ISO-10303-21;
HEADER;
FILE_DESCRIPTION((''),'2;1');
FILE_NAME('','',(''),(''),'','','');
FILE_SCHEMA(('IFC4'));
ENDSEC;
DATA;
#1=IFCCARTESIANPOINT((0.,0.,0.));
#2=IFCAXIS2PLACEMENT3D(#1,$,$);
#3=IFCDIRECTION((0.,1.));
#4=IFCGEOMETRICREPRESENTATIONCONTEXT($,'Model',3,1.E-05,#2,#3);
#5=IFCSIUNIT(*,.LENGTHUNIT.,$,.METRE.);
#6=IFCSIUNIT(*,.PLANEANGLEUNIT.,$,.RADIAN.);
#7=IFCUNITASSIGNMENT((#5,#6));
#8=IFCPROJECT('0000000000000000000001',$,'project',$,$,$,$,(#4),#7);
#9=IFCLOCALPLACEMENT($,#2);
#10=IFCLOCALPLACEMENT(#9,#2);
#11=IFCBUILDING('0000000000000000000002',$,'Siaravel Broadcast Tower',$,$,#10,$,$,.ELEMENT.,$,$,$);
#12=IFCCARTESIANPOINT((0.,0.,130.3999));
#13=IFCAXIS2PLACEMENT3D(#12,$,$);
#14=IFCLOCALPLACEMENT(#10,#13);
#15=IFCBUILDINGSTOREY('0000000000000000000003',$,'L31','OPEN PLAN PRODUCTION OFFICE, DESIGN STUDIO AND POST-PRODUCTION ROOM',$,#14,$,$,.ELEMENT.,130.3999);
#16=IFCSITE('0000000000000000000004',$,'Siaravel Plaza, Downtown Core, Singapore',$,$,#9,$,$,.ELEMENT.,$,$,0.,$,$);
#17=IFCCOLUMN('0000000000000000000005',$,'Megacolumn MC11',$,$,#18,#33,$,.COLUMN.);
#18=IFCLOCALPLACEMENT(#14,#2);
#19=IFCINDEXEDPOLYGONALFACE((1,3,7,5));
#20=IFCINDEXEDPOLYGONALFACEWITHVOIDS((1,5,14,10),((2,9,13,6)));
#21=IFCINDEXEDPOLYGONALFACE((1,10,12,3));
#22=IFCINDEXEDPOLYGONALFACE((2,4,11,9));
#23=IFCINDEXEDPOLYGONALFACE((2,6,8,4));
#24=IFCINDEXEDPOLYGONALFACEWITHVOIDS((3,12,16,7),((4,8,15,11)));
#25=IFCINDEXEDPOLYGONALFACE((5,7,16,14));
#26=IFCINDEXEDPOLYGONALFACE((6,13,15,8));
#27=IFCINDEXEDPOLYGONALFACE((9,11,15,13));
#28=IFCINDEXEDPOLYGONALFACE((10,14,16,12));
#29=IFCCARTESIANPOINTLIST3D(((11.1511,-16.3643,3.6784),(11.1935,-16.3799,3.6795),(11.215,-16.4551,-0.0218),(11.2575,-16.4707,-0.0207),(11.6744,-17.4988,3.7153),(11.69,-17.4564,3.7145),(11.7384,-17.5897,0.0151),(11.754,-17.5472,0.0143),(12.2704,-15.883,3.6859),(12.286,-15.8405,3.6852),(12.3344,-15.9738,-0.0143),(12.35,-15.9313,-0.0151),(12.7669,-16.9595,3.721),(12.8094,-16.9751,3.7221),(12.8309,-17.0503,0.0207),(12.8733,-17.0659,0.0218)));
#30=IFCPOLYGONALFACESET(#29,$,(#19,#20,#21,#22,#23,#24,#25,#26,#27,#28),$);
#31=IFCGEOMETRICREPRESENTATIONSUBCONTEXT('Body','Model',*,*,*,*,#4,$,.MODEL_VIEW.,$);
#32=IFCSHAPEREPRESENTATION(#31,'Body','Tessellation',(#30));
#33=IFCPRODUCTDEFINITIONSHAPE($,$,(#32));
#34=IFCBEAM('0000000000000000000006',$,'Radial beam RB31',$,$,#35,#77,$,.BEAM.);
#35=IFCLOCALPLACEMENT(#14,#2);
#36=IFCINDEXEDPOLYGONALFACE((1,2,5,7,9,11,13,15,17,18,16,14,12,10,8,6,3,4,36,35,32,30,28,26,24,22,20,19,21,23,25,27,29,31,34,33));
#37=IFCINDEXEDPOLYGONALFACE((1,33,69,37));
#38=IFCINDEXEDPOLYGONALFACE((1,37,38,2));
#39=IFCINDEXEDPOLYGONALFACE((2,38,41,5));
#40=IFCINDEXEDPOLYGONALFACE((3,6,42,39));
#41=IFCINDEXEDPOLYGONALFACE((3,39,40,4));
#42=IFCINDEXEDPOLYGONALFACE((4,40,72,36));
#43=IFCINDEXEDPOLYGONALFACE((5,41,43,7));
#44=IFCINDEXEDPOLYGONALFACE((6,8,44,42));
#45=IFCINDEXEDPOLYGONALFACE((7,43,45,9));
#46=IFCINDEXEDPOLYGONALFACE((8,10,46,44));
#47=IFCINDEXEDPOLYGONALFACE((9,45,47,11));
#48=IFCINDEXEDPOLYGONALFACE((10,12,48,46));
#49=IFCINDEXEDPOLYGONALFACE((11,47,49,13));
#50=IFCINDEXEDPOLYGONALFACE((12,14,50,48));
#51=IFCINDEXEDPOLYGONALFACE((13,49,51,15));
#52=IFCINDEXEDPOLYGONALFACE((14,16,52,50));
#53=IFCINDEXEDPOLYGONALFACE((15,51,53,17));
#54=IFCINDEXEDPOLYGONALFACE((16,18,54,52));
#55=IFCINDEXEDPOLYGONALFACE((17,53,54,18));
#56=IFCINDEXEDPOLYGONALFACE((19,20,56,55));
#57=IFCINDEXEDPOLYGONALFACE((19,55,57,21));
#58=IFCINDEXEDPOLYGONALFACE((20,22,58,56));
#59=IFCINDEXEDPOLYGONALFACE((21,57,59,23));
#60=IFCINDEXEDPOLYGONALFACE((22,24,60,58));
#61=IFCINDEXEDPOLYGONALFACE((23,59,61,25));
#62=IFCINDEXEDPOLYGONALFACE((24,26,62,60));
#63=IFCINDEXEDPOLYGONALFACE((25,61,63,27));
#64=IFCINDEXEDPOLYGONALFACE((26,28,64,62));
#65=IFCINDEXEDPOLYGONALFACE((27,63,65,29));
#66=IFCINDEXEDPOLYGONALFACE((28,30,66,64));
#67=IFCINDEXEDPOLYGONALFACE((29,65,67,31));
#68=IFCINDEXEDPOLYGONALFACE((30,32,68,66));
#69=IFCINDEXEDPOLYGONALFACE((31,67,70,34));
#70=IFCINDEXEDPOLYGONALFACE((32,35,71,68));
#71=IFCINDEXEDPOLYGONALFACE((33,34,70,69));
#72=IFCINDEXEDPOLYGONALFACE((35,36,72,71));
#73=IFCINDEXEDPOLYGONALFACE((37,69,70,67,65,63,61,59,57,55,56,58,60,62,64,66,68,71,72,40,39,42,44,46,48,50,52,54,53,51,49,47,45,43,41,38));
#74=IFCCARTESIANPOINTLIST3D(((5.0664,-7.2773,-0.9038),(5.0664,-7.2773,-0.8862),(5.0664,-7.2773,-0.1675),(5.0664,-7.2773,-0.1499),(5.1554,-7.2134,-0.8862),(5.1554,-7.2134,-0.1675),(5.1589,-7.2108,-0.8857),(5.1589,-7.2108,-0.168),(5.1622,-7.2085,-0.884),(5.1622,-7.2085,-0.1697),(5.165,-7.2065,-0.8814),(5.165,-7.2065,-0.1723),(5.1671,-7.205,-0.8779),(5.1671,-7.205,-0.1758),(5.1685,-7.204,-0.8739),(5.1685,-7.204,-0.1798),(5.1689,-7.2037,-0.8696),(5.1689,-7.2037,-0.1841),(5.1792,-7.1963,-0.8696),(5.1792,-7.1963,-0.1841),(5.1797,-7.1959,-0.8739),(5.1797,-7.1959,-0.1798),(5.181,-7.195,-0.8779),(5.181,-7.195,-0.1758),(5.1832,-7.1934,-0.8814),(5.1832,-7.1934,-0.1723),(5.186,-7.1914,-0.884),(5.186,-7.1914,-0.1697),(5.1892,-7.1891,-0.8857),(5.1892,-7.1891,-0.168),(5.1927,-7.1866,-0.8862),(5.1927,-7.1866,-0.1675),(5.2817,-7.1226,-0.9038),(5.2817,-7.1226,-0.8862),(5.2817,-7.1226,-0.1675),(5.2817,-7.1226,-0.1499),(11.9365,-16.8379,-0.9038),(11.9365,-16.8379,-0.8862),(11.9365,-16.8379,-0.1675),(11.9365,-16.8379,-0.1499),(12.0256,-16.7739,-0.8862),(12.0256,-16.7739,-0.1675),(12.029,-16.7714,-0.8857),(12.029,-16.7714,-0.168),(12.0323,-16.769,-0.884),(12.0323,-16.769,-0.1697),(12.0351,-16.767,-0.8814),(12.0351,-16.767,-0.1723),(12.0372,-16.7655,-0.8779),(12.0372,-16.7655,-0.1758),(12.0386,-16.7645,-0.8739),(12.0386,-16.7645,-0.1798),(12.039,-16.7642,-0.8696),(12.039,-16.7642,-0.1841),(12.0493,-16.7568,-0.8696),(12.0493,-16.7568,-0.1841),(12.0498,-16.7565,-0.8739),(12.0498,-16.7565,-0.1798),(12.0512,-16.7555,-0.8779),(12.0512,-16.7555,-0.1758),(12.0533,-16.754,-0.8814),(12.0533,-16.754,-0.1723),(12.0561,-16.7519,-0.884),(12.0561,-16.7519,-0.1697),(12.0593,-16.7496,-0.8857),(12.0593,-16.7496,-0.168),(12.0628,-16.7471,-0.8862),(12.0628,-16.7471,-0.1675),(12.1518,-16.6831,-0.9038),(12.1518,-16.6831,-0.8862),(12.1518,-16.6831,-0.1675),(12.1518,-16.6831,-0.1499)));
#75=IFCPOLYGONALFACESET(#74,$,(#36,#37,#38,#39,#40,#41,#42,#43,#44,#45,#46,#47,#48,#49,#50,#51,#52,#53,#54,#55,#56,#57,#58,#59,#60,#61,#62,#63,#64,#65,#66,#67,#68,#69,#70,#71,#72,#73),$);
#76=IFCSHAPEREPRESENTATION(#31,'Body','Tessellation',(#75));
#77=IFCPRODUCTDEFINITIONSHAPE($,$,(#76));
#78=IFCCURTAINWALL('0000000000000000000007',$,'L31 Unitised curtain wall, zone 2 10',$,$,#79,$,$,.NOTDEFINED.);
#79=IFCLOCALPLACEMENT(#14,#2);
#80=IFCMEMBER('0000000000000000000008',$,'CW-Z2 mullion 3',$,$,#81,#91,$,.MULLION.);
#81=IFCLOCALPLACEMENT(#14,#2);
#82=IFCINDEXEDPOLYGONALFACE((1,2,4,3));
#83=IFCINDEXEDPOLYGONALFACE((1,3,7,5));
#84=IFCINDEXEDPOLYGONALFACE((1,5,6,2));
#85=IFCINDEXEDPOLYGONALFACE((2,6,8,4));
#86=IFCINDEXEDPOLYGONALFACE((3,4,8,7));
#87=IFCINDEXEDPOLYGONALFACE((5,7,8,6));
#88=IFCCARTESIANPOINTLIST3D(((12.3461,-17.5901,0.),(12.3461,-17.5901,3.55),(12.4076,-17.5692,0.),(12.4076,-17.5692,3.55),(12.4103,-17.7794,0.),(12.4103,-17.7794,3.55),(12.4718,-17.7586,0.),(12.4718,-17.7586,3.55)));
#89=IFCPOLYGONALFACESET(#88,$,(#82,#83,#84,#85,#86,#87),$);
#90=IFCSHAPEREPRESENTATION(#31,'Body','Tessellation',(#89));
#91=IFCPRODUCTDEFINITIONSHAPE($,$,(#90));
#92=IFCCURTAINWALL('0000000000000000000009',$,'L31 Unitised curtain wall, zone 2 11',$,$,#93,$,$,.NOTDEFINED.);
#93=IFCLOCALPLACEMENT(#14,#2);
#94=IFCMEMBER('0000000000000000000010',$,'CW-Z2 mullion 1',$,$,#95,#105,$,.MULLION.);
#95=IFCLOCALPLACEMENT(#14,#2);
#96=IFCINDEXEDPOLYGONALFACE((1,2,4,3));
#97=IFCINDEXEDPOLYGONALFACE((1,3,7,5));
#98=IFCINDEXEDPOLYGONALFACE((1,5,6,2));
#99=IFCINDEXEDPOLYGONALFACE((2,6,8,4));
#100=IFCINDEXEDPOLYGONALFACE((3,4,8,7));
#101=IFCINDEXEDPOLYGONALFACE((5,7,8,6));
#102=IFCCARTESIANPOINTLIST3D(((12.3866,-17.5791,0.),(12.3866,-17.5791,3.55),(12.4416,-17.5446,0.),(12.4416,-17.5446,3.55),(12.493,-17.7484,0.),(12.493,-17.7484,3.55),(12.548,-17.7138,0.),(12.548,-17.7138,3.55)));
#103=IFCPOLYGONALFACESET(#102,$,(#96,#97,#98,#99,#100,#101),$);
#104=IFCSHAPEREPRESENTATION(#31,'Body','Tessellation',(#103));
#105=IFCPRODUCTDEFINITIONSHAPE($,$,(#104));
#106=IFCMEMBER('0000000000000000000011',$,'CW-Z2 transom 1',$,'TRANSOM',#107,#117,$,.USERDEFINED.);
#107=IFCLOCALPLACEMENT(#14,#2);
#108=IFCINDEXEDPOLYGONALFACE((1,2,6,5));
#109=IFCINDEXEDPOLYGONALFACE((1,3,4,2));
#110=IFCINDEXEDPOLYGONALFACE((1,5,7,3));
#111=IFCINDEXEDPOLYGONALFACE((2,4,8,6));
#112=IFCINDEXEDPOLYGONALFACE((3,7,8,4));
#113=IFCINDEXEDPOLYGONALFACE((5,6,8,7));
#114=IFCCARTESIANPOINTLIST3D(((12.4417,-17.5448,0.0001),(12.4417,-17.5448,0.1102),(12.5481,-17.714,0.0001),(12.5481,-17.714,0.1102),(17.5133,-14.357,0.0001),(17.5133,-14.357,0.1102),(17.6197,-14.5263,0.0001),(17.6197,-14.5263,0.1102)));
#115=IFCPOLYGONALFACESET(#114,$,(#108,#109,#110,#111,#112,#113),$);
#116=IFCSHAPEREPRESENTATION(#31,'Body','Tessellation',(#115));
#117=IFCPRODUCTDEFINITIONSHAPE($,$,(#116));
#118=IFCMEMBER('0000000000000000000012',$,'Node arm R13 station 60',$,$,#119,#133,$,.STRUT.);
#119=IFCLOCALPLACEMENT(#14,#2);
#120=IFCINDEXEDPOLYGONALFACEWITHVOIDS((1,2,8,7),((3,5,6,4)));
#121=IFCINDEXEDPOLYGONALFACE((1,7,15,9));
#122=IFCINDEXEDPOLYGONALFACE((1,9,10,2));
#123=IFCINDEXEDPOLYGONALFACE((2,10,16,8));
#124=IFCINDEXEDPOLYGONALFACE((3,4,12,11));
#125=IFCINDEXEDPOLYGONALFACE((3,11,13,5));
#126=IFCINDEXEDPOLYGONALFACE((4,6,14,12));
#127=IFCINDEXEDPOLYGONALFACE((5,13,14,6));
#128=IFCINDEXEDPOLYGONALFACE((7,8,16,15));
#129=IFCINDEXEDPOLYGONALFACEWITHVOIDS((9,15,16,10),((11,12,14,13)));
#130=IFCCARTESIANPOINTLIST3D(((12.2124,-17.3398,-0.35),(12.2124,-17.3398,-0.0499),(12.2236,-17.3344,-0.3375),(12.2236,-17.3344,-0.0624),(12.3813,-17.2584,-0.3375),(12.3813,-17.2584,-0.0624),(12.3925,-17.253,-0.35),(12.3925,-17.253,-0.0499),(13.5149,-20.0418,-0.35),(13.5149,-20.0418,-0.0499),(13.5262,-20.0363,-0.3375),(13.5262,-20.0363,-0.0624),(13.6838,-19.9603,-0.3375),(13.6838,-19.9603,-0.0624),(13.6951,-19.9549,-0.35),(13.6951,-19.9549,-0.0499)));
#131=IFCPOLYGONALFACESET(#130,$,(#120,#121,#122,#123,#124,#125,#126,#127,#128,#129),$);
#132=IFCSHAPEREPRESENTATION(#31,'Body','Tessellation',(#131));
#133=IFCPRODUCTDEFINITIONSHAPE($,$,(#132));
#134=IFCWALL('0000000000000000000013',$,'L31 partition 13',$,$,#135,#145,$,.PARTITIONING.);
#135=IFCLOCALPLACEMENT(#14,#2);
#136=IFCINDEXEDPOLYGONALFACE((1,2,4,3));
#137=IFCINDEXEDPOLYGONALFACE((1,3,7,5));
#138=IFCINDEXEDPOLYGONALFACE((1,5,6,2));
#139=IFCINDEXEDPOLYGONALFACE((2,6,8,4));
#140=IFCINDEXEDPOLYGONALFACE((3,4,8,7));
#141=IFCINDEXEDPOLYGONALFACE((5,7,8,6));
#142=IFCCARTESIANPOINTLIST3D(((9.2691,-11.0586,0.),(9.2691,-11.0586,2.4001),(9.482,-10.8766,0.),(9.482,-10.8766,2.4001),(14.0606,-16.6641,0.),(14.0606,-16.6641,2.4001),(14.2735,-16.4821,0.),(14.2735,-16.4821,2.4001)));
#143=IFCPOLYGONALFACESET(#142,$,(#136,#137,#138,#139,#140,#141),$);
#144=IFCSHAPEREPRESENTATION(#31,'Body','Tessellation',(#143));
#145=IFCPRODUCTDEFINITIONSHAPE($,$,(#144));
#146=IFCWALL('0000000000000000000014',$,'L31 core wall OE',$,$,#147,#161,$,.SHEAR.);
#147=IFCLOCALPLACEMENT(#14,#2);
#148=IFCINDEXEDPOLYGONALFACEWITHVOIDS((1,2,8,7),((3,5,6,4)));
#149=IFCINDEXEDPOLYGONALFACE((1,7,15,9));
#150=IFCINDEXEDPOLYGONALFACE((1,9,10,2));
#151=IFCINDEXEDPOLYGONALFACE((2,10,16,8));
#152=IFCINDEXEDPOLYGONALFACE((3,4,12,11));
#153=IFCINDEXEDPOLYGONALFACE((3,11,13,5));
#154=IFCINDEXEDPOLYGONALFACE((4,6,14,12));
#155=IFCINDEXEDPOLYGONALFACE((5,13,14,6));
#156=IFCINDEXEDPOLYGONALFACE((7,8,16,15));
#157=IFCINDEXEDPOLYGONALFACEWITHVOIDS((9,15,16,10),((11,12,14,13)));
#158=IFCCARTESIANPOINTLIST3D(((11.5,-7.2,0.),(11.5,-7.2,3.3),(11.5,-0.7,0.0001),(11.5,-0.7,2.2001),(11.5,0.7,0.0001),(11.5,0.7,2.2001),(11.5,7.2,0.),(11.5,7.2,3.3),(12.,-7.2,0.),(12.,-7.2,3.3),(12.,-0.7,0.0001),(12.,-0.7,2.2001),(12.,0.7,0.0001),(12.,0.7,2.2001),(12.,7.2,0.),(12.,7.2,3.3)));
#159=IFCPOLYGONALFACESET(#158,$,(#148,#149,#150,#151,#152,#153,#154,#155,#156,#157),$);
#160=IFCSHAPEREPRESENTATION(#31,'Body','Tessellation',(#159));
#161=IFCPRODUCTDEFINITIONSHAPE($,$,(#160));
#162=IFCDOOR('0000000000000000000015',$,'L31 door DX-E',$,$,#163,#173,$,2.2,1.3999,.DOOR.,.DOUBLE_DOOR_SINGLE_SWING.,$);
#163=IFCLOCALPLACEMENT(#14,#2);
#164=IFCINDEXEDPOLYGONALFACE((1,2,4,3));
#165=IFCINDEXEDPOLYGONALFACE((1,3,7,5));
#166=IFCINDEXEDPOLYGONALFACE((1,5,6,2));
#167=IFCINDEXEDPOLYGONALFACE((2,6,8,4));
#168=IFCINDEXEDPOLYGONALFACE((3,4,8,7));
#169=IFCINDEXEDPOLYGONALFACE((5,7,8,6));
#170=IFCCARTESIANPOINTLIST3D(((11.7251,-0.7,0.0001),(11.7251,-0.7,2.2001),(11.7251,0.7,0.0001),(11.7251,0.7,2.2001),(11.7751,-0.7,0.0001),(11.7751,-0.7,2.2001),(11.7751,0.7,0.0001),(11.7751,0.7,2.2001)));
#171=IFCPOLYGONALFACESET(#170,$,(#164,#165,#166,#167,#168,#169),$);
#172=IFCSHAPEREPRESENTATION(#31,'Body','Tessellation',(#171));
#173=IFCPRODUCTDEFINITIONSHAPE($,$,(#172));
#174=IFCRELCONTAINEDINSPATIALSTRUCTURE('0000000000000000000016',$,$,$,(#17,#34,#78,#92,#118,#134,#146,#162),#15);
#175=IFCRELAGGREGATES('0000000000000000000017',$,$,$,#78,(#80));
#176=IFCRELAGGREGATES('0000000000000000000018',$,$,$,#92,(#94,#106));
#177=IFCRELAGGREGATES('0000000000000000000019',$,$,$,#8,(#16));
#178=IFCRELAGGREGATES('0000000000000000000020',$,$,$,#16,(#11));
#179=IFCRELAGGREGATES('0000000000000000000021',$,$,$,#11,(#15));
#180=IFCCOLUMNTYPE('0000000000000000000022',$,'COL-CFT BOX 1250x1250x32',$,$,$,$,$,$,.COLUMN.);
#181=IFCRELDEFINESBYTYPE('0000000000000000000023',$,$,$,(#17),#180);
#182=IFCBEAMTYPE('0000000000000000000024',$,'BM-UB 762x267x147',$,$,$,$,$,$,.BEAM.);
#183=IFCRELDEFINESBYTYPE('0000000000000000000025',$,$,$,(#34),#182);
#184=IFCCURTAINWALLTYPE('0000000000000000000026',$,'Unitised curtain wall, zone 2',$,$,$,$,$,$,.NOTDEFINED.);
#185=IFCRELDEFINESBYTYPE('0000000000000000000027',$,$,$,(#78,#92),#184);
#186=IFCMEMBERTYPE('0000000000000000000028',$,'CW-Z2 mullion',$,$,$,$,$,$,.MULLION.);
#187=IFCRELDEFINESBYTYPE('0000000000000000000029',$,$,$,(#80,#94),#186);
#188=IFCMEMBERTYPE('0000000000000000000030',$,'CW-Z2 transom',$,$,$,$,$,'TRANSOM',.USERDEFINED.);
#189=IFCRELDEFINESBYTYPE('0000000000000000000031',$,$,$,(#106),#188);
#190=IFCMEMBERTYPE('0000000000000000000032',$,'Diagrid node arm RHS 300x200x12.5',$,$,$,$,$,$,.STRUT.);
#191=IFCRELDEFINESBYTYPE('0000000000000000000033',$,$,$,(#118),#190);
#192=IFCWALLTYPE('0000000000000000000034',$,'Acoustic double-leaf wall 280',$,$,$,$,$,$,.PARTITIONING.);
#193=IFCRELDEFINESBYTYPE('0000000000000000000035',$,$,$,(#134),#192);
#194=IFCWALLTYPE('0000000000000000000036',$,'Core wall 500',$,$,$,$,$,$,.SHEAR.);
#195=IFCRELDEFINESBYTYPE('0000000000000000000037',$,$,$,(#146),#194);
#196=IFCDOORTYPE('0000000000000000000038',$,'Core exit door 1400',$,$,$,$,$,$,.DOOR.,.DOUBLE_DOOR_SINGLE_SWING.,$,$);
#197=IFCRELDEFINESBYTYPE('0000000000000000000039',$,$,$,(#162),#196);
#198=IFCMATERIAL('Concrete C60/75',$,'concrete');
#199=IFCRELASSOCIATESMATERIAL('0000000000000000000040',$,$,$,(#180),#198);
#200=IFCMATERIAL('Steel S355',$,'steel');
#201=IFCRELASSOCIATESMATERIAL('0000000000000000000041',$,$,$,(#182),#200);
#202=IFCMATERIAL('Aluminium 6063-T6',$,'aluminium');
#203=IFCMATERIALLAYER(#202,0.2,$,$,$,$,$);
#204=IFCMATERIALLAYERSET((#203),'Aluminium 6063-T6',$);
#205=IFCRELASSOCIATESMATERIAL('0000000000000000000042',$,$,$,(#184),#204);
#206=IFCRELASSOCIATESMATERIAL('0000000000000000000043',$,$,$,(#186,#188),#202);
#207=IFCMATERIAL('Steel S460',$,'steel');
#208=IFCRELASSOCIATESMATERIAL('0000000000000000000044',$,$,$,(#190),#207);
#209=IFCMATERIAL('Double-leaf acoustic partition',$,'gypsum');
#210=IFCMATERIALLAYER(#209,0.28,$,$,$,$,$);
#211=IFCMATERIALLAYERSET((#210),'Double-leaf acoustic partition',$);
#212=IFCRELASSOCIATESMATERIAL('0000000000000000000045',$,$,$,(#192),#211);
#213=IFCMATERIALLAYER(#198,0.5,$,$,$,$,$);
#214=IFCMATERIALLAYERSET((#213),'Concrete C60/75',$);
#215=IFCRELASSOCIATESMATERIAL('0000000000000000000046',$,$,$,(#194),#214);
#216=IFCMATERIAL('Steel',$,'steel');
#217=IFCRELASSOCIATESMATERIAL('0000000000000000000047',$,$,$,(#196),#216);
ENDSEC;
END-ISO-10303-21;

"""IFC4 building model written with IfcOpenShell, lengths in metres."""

from ifc_helpers import new_model, si_unit, direction, frame, frame_2d, origin, origin_2d, place, context, subcontext, project, spatial, rectangle, hollow_rectangle, i_section, extrude, material, layer, layer_set, material_profile, profile_set, type_object, element, fill, aggregate, save


model = new_model("IFC4")

# Units and contexts
model_context = context("Model", 3, precision=1e-05, world=origin(), true_north=direction((0.0, 1.0)))
body_context = subcontext(model_context, "Body", "Model", "MODEL_VIEW")
ifc_project = project(units=[si_unit("LENGTHUNIT", "METRE"), si_unit("PLANEANGLEUNIT", "RADIAN")], contexts=[model_context])

# Site, building, storey
site_placement = place(None, origin())
site = spatial("IfcSite", under=ifc_project, at=site_placement, Name="Siaravel Plaza, Downtown Core, Singapore", CompositionType="ELEMENT", RefElevation=0.0)
building_placement = place(site_placement, origin())
building = spatial("IfcBuilding", under=site, at=building_placement, Name="Siaravel Broadcast Tower", CompositionType="ELEMENT")
storey_placement = place(building_placement, frame((0.0, 0.0, 130.3999)))
storey = spatial("IfcBuildingStorey", under=building, at=storey_placement, Name="L31", Description="OPEN PLAN PRODUCTION OFFICE, DESIGN STUDIO AND POST-PRODUCTION ROOM", CompositionType="ELEMENT", Elevation=130.3999)

# Column
ifc_material_1 = material(Name="Concrete C60/75", Category="concrete")
ifc_material_profile_1 = material_profile(ifc_material_1, hollow_rectangle(XDim=1.25, YDim=1.25, WallThickness=0.032, at=origin_2d()))
ifc_profile_set_1 = profile_set([ifc_material_profile_1], Name="Concrete C60/75")
column_type = type_object("IfcColumnType", Name="COL-CFT BOX 1250x1250x32", PredefinedType="COLUMN", material=ifc_profile_set_1)
column_placement = place(storey_placement, frame((12.0442, -16.7605, 0.0), z_axis=(-0.017279, 0.024534, 0.99955), x_axis=(-0.907979, -0.418981, -0.005412)))
element("IfcColumn", 1, at=column_placement, inside=storey, type_object=column_type, Name="Megacolumn MC11", PredefinedType="COLUMN", context=body_context, shape_type="SweptSolid", body=[
    extrude(hollow_rectangle(XDim=1.25, YDim=1.25, WallThickness=0.032, at=origin_2d()), origin(), (0.0, 0.0, 1.0), 3.7019),
])

# Beam
ifc_material_2 = material(Name="Steel S355", Category="steel")
ifc_material_profile_2 = material_profile(ifc_material_2, i_section(OverallWidth=0.2651, OverallDepth=0.7539, WebThickness=0.0127, FlangeThickness=0.0176, FilletRadius=0.0166, at=origin_2d()))
ifc_profile_set_2 = profile_set([ifc_material_profile_2], Name="Steel S355")
beam_type = type_object("IfcBeamType", Name="BM-UB 762x267x147", PredefinedType="BEAM", material=ifc_profile_set_2)
beam_placement = place(storey_placement, frame((12.0442, -16.7605, -0.5269), z_axis=(-0.583551, 0.812077, 0.0), x_axis=(-0.812077, -0.583551, 0.0)))
element("IfcBeam", 2, at=beam_placement, inside=storey, type_object=beam_type, Name="Radial beam RB31", PredefinedType="BEAM", context=body_context, shape_type="SweptSolid", body=[
    extrude(i_section(OverallWidth=0.2651, OverallDepth=0.7539, WebThickness=0.0127, FlangeThickness=0.0176, FilletRadius=0.0166, at=origin_2d()), origin(), (0.0, 0.0, 1.0), 11.7729),
])

# Curtain wall, member
ifc_material_3 = material(Name="Aluminium 6063-T6", Category="aluminium")
ifc_layer_1 = layer(ifc_material_3, 0.2)
ifc_layer_set_1 = layer_set([ifc_layer_1], Name="Aluminium 6063-T6")
curtain_wall_type = type_object("IfcCurtainWallType", Name="Unitised curtain wall, zone 2", PredefinedType="NOTDEFINED", material=ifc_layer_set_1)
curtain_wall_1_placement = place(storey_placement, origin())
curtain_wall_1 = element("IfcCurtainWall", 3, at=curtain_wall_1_placement, inside=storey, type_object=curtain_wall_type, Name="L31 Unitised curtain wall, zone 2 10", PredefinedType="NOTDEFINED")
ifc_material_profile_3 = material_profile(ifc_material_3, rectangle(XDim=0.2, YDim=0.0649, at=origin_2d()))
ifc_profile_set_3 = profile_set([ifc_material_profile_3], Name="Aluminium 6063-T6")
member_type_1 = type_object("IfcMemberType", Name="CW-Z2 mullion", PredefinedType="MULLION", material=ifc_profile_set_3)
member_1_placement = place(storey_placement, frame((12.4089, -17.6743, 0.0), z_axis=(0.0, 0.0, 1.0), x_axis=(-0.321302, 0.946977, 0.0)))
member_1 = element("IfcMember", 4, at=member_1_placement, type_object=member_type_1, Name="CW-Z2 mullion 3", PredefinedType="MULLION", context=body_context, shape_type="SweptSolid", body=[
    extrude(rectangle(XDim=0.2, YDim=0.0649, at=origin_2d()), origin(), (0.0, 0.0, 1.0), 3.55),
])
aggregate(curtain_wall_1, [member_1])

# Curtain wall, members
curtain_wall_2_placement = place(storey_placement, origin())
curtain_wall_2 = element("IfcCurtainWall", 5, at=curtain_wall_2_placement, inside=storey, type_object=curtain_wall_type, Name="L31 Unitised curtain wall, zone 2 11", PredefinedType="NOTDEFINED")
member_2_placement = place(storey_placement, frame((12.4673, -17.6465, 0.0), z_axis=(0.0, 0.0, 1.0), x_axis=(-0.532151, 0.846649, 0.0)))
member_2 = element("IfcMember", 6, at=member_2_placement, type_object=member_type_1, Name="CW-Z2 mullion 1", PredefinedType="MULLION", context=body_context, shape_type="SweptSolid", body=[
    extrude(rectangle(XDim=0.2, YDim=0.0649, at=origin_2d()), origin(), (0.0, 0.0, 1.0), 3.55),
])
ifc_material_profile_4 = material_profile(ifc_material_3, rectangle(XDim=0.2, YDim=0.1101, at=origin_2d()))
ifc_profile_set_4 = profile_set([ifc_material_profile_4], Name="Aluminium 6063-T6")
member_type_2 = type_object("IfcMemberType", Name="CW-Z2 transom", ElementType="TRANSOM", PredefinedType="USERDEFINED", material=ifc_profile_set_4)
member_3_placement = place(storey_placement, frame((12.4949, -17.6294, 0.0552), z_axis=(0.846642, 0.532162, 0.0), x_axis=(-0.532162, 0.846642, 0.0)))
member_3 = element("IfcMember", 7, at=member_3_placement, type_object=member_type_2, Name="CW-Z2 transom 1", ObjectType="TRANSOM", PredefinedType="USERDEFINED", context=body_context, shape_type="SweptSolid", body=[
    extrude(rectangle(XDim=0.2, YDim=0.1101, at=origin_2d()), origin(), (0.0, 0.0, 1.0), 5.9902),
])
aggregate(curtain_wall_2, [member_2, member_3])

# Member
ifc_material_4 = material(Name="Steel S460", Category="steel")
ifc_material_profile_5 = material_profile(ifc_material_4, hollow_rectangle(XDim=0.2, YDim=0.3, WallThickness=0.0125, at=origin_2d()))
ifc_profile_set_5 = profile_set([ifc_material_profile_5], Name="Steel S460")
member_type_3 = type_object("IfcMemberType", Name="Diagrid node arm RHS 300x200x12.5", PredefinedType="STRUT", material=ifc_profile_set_5)
member_4_placement = place(storey_placement, frame((12.3025, -17.2964, -0.2), z_axis=(0.434241, -0.900797, 0.0), x_axis=(0.900797, 0.434241, 0.0)))
element("IfcMember", 8, at=member_4_placement, inside=storey, type_object=member_type_3, Name="Node arm R13 station 60", PredefinedType="STRUT", context=body_context, shape_type="SweptSolid", body=[
    extrude(hollow_rectangle(XDim=0.2, YDim=0.3, WallThickness=0.0125, at=origin_2d()), origin(), (0.0, 0.0, 1.0), 2.9995),
])

# Wall
ifc_material_5 = material(Name="Double-leaf acoustic partition", Category="gypsum")
ifc_layer_2 = layer(ifc_material_5, 0.28)
ifc_layer_set_2 = layer_set([ifc_layer_2], Name="Double-leaf acoustic partition")
wall_type_1 = type_object("IfcWallType", Name="Acoustic double-leaf wall 280", PredefinedType="PARTITIONING", material=ifc_layer_set_2)
wall_1_placement = place(storey_placement, frame((14.167, -16.573, 0.0), z_axis=(0.0, 0.0, 1.0), x_axis=(-0.64976, 0.760139, 0.0)))
element("IfcWall", 9, at=wall_1_placement, inside=storey, type_object=wall_type_1, Name="L31 partition 13", PredefinedType="PARTITIONING", context=body_context, shape_type="SweptSolid", body=[
    extrude(rectangle(XDim=7.3743, YDim=0.28, at=frame_2d((3.687, 0.0))), origin(), (0.0, 0.0, 1.0), 2.4001),
])

# Wall, opening, door
ifc_layer_3 = layer(ifc_material_1, 0.5)
ifc_layer_set_3 = layer_set([ifc_layer_3], Name="Concrete C60/75")
wall_type_2 = type_object("IfcWallType", Name="Core wall 500", PredefinedType="SHEAR", material=ifc_layer_set_3)
wall_2_placement = place(storey_placement, frame((11.75, -7.2, 0.0), z_axis=(0.0, 0.0, 1.0), x_axis=(0.0, 1.0, 0.0)))
wall_2 = element("IfcWall", 10, at=wall_2_placement, inside=storey, type_object=wall_type_2, Name="L31 core wall OE", PredefinedType="SHEAR", context=body_context, shape_type="SweptSolid", body=[
    extrude(rectangle(XDim=14.3999, YDim=0.5, at=frame_2d((7.2, 0.0))), origin(), (0.0, 0.0, 1.0), 3.3),
])
opening_1_placement = place(wall_2_placement, frame((6.5, 0.0, 0.0)))
opening_1 = element("IfcOpeningElement", 11, at=opening_1_placement, cuts=wall_2, PredefinedType="OPENING", context=body_context, shape_type="SweptSolid", body=[
    extrude(rectangle(XDim=1.3999, YDim=2.2, at=frame_2d((0.7, 1.1001))), frame((0.0, 0.26, 0.0), z_axis=(0.0, -1.0, 0.0), x_axis=(1.0, 0.0, 0.0)), (0.0, 0.0, 1.0), 0.52),
])
ifc_material_6 = material(Name="Steel", Category="steel")
door_type_1 = type_object("IfcDoorType", Name="Core exit door 1400", OperationType="DOUBLE_DOOR_SINGLE_SWING", PredefinedType="DOOR", material=ifc_material_6)
door_1_placement = place(opening_1_placement, origin())
door_1 = element("IfcDoor", 12, at=door_1_placement, inside=storey, type_object=door_type_1, Name="L31 door DX-E", OperationType="DOUBLE_DOOR_SINGLE_SWING", OverallHeight=2.2, OverallWidth=1.3999, PredefinedType="DOOR", context=body_context, shape_type="SweptSolid", body=[
    extrude(rectangle(XDim=1.3999, YDim=2.2, at=frame_2d((0.7, 1.1001))), frame((0.0, 0.0249, 0.0), z_axis=(0.0, -1.0, 0.0), x_axis=(1.0, 0.0, 0.0)), (0.0, 0.0, 1.0), 0.05),
])
fill(opening_1, door_1)

save(model, "model.ifc")
